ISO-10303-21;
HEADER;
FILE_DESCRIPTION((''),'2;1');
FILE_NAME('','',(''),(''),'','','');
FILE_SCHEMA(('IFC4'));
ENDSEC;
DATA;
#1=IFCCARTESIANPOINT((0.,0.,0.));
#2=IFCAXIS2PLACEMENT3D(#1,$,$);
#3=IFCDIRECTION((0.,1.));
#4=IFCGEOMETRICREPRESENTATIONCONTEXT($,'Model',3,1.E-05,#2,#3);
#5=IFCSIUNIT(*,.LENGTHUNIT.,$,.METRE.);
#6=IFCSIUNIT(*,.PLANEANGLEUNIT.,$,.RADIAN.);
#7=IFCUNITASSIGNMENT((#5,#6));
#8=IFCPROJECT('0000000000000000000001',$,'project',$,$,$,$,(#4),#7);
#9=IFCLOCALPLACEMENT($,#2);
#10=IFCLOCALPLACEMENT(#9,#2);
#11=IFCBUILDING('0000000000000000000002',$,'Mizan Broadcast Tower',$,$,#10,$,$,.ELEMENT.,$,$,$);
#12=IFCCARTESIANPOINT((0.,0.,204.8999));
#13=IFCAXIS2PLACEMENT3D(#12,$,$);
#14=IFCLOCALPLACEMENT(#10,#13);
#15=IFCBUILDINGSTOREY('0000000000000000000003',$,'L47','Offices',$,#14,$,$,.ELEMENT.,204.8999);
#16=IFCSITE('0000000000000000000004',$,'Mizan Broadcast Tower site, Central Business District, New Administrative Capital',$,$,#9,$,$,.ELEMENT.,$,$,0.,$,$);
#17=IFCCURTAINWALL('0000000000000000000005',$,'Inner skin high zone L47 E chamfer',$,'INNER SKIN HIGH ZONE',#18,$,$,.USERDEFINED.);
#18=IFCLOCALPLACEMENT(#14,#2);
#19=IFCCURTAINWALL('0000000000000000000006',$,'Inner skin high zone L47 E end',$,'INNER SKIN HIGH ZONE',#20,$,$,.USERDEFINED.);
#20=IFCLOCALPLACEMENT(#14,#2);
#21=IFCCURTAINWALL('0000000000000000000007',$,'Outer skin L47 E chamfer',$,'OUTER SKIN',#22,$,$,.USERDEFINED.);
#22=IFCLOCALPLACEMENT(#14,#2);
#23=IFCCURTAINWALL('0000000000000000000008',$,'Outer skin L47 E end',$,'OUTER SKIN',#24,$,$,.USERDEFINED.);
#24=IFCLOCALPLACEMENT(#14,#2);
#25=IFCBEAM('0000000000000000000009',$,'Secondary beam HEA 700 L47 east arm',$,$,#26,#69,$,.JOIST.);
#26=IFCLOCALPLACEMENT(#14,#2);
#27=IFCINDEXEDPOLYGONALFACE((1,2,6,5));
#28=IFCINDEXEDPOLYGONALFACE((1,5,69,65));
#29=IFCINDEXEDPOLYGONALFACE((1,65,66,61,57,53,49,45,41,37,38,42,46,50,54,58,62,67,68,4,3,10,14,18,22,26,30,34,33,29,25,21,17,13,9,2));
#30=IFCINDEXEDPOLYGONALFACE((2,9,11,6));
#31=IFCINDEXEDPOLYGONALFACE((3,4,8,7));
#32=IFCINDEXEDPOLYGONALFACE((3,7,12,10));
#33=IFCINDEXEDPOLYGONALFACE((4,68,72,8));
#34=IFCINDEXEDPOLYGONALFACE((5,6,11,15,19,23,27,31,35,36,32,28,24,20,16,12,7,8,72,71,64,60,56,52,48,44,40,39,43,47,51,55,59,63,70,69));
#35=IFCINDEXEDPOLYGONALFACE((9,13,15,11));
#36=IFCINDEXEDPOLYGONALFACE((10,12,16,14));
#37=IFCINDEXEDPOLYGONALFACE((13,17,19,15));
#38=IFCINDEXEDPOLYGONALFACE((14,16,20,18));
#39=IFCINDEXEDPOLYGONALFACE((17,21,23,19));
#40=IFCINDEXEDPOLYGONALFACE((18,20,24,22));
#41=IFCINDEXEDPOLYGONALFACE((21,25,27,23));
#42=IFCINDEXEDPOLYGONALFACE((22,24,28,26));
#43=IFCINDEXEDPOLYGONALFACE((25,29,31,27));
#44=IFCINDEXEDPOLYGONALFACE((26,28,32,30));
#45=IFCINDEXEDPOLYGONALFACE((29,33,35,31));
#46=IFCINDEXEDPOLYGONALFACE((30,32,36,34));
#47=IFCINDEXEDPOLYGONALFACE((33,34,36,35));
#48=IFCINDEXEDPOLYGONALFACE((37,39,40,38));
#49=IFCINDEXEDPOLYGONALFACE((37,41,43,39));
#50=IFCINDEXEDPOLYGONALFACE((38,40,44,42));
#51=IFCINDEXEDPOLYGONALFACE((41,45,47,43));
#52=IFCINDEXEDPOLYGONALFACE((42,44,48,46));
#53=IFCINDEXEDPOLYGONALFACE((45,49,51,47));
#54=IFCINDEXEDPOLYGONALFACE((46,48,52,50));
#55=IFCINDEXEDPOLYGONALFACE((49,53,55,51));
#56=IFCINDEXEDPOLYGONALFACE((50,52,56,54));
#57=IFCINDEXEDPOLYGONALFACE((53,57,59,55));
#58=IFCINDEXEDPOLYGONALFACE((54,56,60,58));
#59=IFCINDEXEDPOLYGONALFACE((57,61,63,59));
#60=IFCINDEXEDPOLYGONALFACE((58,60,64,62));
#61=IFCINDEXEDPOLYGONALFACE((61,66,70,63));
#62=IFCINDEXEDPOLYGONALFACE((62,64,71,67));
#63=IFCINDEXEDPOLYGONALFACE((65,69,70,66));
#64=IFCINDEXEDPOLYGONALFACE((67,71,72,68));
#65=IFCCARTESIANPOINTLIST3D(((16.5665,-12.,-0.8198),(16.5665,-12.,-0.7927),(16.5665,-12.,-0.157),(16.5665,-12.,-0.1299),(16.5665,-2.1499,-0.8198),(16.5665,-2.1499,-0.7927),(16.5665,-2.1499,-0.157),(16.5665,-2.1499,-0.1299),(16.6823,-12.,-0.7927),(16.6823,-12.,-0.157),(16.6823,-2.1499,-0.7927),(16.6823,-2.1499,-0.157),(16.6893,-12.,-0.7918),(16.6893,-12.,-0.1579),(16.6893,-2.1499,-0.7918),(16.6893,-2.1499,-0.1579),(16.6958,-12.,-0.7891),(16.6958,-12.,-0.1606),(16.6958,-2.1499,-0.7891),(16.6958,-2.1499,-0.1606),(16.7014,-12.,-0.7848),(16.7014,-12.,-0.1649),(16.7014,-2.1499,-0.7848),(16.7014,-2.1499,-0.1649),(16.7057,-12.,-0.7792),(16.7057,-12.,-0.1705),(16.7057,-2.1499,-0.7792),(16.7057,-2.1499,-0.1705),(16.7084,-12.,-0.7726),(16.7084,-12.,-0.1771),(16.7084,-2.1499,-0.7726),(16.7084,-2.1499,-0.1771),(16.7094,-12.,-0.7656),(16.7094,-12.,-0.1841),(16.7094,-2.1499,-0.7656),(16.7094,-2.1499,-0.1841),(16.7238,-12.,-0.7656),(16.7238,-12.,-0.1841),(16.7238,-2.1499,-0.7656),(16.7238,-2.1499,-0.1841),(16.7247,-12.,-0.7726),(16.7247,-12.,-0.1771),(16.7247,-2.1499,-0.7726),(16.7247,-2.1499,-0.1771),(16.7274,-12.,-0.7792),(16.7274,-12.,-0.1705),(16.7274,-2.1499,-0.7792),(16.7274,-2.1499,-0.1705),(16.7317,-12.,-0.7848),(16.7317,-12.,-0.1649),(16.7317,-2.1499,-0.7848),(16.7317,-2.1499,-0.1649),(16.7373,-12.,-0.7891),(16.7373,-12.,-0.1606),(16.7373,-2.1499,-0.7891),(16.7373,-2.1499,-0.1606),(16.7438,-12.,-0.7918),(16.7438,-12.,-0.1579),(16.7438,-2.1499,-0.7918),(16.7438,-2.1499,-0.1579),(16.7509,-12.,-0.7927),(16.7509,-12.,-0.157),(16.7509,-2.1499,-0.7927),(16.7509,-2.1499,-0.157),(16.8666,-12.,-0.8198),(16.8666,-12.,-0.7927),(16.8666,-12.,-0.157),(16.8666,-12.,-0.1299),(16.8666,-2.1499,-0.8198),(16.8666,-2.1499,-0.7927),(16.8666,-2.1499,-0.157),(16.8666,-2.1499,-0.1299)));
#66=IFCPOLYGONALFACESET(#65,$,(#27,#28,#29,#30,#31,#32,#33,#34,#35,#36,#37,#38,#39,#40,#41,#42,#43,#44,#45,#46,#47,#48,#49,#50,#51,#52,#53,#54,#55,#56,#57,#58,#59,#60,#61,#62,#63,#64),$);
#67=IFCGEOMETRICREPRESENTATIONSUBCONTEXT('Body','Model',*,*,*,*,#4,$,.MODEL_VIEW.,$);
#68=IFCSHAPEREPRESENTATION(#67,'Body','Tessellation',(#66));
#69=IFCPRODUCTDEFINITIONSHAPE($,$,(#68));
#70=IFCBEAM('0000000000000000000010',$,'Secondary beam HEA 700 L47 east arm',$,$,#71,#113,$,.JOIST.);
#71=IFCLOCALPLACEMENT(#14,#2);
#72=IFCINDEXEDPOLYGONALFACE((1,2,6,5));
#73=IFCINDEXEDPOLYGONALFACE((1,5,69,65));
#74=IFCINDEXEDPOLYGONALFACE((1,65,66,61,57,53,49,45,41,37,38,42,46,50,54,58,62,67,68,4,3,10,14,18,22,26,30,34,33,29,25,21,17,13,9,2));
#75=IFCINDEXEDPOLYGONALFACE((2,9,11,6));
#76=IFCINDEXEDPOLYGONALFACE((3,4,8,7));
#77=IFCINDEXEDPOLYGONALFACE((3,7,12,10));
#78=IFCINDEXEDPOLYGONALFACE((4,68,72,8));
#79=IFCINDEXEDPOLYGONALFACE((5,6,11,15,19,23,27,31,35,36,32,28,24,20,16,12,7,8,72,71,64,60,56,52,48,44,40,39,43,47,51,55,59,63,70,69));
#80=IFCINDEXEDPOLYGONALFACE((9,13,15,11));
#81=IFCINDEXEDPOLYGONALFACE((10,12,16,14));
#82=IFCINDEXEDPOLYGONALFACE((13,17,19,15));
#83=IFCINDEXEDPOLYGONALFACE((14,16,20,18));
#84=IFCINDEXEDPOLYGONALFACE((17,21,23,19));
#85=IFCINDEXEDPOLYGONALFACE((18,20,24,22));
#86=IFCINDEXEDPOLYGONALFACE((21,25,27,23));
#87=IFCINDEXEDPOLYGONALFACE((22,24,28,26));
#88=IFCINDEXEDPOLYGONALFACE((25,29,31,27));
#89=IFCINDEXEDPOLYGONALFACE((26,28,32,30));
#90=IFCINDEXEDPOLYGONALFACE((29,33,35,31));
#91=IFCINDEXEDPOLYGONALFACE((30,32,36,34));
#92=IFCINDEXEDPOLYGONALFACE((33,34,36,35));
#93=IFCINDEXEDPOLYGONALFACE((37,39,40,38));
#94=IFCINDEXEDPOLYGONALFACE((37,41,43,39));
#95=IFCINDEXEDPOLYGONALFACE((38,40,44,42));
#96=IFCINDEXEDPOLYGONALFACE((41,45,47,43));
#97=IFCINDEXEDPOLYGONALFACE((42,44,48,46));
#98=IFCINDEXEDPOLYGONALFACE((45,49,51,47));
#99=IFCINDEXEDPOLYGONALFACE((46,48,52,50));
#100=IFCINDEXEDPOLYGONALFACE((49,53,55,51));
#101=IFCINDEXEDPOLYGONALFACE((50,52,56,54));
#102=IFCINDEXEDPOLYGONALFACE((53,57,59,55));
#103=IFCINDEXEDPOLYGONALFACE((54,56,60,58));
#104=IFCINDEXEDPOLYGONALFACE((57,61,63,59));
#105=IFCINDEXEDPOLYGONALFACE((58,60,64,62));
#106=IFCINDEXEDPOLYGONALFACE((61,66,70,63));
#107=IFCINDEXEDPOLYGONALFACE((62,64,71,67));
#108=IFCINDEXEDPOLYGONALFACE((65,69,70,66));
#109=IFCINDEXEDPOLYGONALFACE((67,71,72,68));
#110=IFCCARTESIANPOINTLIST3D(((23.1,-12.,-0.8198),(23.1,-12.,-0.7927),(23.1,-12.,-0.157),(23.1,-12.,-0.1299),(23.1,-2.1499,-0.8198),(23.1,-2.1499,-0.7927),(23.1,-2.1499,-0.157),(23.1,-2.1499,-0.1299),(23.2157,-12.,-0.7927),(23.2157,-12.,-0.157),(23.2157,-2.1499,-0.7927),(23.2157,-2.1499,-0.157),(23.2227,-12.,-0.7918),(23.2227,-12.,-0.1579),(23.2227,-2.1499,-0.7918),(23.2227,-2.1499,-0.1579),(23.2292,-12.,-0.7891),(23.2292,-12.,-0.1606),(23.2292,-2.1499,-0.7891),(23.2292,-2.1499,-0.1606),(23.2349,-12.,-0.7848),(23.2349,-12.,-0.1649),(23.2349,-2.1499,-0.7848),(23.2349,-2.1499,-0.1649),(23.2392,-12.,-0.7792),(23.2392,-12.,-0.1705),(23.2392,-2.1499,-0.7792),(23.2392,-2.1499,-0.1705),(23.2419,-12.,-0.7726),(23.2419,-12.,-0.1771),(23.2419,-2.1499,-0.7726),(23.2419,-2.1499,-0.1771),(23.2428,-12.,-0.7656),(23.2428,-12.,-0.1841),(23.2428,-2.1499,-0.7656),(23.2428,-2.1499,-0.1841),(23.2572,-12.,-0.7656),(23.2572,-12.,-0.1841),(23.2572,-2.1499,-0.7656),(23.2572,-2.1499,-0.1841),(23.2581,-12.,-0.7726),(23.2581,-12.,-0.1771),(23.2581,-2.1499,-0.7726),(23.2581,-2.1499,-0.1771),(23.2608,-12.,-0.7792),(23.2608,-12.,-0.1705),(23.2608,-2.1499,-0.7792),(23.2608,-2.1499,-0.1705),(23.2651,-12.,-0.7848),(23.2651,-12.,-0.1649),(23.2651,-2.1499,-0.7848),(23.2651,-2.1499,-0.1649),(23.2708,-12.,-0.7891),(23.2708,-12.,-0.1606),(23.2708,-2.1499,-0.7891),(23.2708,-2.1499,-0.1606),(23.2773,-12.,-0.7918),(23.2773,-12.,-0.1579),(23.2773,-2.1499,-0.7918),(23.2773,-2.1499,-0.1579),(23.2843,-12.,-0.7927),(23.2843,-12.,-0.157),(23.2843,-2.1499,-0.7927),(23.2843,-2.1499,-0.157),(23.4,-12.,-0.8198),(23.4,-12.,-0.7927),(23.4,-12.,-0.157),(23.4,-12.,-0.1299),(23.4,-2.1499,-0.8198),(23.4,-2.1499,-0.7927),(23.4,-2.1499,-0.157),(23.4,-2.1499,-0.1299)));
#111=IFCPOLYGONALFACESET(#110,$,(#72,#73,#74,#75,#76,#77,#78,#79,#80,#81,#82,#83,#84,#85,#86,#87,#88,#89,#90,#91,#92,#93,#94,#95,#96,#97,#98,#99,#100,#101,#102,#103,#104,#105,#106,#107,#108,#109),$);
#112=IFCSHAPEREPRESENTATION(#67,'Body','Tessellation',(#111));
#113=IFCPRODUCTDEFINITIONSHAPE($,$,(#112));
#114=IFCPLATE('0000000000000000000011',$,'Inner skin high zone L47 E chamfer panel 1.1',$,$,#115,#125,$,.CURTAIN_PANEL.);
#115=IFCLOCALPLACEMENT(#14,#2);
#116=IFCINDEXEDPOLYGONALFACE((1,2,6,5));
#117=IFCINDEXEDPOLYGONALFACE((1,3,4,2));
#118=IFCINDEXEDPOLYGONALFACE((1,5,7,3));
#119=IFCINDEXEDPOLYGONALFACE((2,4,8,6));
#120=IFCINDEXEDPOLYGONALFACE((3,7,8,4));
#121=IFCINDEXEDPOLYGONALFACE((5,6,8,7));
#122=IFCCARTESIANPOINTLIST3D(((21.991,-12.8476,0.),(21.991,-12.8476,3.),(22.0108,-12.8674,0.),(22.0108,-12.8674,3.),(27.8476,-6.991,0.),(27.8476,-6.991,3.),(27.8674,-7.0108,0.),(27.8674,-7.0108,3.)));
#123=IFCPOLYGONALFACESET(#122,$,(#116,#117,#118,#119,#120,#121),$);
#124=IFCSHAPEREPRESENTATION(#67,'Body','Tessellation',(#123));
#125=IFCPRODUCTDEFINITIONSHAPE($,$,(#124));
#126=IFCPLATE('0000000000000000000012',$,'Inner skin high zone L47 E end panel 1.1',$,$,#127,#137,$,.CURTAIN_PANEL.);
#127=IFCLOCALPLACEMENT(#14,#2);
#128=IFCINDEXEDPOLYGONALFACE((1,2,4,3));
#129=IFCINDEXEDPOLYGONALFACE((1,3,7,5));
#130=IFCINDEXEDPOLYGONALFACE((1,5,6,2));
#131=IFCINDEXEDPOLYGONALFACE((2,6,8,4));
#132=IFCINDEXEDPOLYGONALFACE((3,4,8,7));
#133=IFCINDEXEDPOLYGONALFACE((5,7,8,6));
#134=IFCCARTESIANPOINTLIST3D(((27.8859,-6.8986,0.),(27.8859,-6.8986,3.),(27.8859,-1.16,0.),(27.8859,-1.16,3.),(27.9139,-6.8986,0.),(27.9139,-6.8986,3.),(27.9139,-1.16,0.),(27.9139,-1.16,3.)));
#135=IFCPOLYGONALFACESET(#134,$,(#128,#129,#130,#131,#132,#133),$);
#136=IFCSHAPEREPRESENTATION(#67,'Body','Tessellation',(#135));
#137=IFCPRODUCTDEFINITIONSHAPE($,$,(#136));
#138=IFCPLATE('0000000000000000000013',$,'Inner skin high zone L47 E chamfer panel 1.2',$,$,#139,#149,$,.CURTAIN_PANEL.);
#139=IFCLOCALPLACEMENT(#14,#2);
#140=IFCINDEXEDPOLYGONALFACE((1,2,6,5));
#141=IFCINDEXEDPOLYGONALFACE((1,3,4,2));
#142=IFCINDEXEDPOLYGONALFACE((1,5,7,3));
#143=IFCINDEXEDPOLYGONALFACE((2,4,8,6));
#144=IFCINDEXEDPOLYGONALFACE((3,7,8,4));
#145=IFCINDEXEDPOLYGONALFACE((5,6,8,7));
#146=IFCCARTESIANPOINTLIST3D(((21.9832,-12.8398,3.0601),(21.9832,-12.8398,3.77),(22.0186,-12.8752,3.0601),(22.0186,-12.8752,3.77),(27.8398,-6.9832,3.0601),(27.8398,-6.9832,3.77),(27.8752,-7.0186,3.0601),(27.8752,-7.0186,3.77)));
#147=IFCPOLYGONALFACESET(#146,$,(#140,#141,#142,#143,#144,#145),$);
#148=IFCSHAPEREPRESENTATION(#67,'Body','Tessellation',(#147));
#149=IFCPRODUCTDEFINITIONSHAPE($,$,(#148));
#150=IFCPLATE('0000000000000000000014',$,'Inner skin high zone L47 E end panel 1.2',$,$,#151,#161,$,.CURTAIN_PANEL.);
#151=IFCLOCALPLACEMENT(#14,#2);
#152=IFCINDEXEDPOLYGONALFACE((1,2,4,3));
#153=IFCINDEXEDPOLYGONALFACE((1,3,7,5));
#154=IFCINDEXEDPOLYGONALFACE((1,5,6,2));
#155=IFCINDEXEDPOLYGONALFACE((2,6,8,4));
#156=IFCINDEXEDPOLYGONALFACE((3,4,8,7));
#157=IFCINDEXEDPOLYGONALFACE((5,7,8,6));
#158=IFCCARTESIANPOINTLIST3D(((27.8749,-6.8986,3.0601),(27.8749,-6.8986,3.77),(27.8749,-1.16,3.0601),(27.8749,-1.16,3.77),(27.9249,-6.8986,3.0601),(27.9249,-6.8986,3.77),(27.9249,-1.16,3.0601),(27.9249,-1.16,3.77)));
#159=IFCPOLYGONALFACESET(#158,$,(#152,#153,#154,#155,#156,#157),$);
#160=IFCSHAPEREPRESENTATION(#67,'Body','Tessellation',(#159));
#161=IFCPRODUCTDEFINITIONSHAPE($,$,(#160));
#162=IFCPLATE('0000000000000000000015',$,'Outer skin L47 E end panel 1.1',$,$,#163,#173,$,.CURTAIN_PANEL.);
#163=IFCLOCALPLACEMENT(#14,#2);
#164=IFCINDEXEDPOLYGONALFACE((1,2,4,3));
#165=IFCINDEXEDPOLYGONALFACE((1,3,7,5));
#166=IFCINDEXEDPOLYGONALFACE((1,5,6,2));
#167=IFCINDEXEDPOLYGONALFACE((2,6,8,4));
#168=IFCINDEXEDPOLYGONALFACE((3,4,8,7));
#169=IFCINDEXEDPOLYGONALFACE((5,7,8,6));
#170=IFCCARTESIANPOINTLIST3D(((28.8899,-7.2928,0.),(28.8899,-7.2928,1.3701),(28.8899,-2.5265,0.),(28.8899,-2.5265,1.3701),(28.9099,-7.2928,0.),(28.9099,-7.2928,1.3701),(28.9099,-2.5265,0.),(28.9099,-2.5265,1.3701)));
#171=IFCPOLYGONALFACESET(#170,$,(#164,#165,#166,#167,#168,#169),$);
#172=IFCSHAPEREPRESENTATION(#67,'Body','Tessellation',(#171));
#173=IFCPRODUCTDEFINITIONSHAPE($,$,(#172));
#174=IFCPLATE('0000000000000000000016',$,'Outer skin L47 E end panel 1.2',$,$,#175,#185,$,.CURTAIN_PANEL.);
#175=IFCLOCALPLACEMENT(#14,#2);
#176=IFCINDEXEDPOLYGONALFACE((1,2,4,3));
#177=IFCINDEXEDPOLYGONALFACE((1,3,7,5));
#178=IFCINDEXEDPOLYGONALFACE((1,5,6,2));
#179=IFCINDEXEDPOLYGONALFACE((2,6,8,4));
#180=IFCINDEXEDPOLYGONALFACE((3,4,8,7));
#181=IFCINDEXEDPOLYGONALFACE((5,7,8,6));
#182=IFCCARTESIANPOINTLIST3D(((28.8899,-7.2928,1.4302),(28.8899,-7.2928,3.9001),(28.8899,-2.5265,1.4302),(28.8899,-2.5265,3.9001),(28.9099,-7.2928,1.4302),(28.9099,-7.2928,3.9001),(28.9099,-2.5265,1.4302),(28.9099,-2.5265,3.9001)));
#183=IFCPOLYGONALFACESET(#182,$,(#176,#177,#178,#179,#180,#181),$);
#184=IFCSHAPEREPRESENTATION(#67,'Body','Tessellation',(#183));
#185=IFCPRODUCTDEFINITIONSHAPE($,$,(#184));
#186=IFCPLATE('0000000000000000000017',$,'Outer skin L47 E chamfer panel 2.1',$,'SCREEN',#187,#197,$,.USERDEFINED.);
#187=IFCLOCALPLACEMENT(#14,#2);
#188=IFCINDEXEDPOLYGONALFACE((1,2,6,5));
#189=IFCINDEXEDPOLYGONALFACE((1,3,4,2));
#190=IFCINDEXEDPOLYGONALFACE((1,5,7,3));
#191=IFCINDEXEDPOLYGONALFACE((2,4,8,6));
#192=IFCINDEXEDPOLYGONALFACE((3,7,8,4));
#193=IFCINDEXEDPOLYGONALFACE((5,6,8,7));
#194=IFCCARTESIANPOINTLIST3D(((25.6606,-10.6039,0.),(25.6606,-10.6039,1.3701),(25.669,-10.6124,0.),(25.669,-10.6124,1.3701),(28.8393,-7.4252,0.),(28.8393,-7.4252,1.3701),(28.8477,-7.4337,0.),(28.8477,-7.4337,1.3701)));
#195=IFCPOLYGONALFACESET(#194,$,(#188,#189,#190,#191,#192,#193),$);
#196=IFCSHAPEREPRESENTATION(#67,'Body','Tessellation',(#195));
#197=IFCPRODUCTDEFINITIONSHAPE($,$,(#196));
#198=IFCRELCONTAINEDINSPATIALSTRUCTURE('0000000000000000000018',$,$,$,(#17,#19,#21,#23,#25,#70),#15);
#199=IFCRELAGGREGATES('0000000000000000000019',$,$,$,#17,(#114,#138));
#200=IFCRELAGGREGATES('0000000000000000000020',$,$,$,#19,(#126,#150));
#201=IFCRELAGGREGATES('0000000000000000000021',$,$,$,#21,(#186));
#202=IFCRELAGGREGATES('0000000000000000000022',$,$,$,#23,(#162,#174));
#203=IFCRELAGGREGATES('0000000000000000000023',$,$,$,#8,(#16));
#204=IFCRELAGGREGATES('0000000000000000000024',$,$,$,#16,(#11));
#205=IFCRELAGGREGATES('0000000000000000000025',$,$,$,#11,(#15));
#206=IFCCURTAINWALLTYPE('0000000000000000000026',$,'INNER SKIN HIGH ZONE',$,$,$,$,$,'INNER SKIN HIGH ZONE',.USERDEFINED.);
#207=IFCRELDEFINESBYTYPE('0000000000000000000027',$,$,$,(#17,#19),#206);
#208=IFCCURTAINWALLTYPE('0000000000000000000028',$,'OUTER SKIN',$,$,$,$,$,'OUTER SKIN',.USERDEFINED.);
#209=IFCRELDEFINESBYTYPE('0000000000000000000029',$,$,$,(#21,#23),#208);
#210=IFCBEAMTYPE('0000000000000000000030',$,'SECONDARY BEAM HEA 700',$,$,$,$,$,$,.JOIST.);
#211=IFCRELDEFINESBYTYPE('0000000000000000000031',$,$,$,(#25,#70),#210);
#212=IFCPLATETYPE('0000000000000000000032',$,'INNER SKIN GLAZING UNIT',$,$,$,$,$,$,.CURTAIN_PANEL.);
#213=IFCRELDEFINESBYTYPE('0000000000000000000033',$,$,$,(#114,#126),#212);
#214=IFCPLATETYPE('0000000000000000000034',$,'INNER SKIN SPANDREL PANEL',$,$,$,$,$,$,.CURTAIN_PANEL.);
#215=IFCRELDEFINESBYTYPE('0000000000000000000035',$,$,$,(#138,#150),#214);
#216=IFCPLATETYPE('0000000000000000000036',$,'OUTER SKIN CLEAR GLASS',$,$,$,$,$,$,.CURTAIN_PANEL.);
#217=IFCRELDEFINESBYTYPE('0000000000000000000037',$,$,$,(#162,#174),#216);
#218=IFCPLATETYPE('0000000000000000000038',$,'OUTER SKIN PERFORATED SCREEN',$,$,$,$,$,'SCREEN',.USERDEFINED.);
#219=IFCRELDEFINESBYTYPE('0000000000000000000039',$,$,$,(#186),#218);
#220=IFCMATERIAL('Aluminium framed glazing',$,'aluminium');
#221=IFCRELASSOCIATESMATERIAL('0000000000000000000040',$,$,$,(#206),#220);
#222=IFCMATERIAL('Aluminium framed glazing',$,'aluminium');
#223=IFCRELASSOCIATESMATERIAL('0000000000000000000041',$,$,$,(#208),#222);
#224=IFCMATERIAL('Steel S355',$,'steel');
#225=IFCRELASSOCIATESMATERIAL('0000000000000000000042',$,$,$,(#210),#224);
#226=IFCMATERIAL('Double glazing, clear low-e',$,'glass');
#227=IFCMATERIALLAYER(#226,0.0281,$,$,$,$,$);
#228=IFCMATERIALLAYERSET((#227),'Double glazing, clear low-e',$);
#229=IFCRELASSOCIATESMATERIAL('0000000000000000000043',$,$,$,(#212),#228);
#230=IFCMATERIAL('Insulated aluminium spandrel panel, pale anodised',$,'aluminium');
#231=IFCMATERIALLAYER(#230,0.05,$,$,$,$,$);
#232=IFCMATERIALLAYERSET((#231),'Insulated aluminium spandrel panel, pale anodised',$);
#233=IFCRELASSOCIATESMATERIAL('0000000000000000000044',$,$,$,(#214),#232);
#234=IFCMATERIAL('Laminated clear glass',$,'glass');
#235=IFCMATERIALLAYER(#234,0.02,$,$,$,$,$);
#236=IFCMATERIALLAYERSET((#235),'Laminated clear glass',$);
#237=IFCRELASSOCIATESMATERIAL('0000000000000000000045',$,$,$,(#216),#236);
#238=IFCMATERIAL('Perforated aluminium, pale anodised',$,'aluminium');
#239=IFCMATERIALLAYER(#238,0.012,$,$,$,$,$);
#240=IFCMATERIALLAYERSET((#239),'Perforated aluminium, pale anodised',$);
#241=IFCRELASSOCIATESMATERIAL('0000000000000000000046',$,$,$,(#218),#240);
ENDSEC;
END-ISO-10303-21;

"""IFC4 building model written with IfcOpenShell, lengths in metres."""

from ifc_helpers import new_model, si_unit, direction, frame, origin, origin_2d, place, context, subcontext, project, spatial, rectangle, i_section, extrude, material, layer, layer_set, material_profile, profile_set, type_object, element, aggregate, save


model = new_model("IFC4")

# Units and contexts
model_context = context("Model", 3, precision=1e-05, world=origin(), true_north=direction((0.0, 1.0)))
body_context = subcontext(model_context, "Body", "Model", "MODEL_VIEW")
ifc_project = project(units=[si_unit("LENGTHUNIT", "METRE"), si_unit("PLANEANGLEUNIT", "RADIAN")], contexts=[model_context])

# Site, building, storey
site_placement = place(None, origin())
site = spatial("IfcSite", under=ifc_project, at=site_placement, Name="Mizan Broadcast Tower site, Central Business District, New Administrative Capital", CompositionType="ELEMENT", RefElevation=0.0)
building_placement = place(site_placement, origin())
building = spatial("IfcBuilding", under=site, at=building_placement, Name="Mizan Broadcast Tower", CompositionType="ELEMENT")
storey_placement = place(building_placement, frame((0.0, 0.0, 204.8999)))
storey = spatial("IfcBuildingStorey", under=building, at=storey_placement, Name="L47", Description="Offices", CompositionType="ELEMENT", Elevation=204.8999)

# Curtain wall
ifc_material_1 = material(Name="Aluminium framed glazing", Category="aluminium")
curtain_wall_type_1 = type_object("IfcCurtainWallType", Name="INNER SKIN HIGH ZONE", ElementType="INNER SKIN HIGH ZONE", PredefinedType="USERDEFINED", material=ifc_material_1)
curtain_wall_1_placement = place(storey_placement, origin())
curtain_wall_1 = element("IfcCurtainWall", 1, at=curtain_wall_1_placement, inside=storey, type_object=curtain_wall_type_1, Name="Inner skin high zone L47 E chamfer", ObjectType="INNER SKIN HIGH ZONE", PredefinedType="USERDEFINED")

# Curtain walls
curtain_wall_2_placement = place(storey_placement, origin())
curtain_wall_2 = element("IfcCurtainWall", 2, at=curtain_wall_2_placement, inside=storey, type_object=curtain_wall_type_1, Name="Inner skin high zone L47 E end", ObjectType="INNER SKIN HIGH ZONE", PredefinedType="USERDEFINED")
ifc_material_2 = material(Name="Aluminium framed glazing", Category="aluminium")
curtain_wall_type_2 = type_object("IfcCurtainWallType", Name="OUTER SKIN", ElementType="OUTER SKIN", PredefinedType="USERDEFINED", material=ifc_material_2)
curtain_wall_3_placement = place(storey_placement, origin())
curtain_wall_3 = element("IfcCurtainWall", 3, at=curtain_wall_3_placement, inside=storey, type_object=curtain_wall_type_2, Name="Outer skin L47 E chamfer", ObjectType="OUTER SKIN", PredefinedType="USERDEFINED")

# Curtain wall
curtain_wall_4_placement = place(storey_placement, origin())
curtain_wall_4 = element("IfcCurtainWall", 4, at=curtain_wall_4_placement, inside=storey, type_object=curtain_wall_type_2, Name="Outer skin L47 E end", ObjectType="OUTER SKIN", PredefinedType="USERDEFINED")

# Beams
ifc_material_3 = material(Name="Steel S355", Category="steel")
ifc_material_profile_1 = material_profile(ifc_material_3, i_section(OverallWidth=0.3, OverallDepth=0.6899, WebThickness=0.0144, FlangeThickness=0.0271, FilletRadius=0.0271, at=origin_2d()), Name="HEA 700")
ifc_profile_set_1 = profile_set([ifc_material_profile_1], Name="Steel S355")
beam_type_1 = type_object("IfcBeamType", Name="SECONDARY BEAM HEA 700", PredefinedType="JOIST", material=ifc_profile_set_1)
for number, where, z_axis, x_axis, name in (
    (5, (16.7166, -12.0, -0.4749), (0.0, 1.0, 0.0), (-1.0, 0.0, 0.0), "Secondary beam HEA 700 L47 east arm"),
    (6, (23.25, -12.0, -0.4749), (0.0, 1.0, 0.0), (-1.0, 0.0, 0.0), "Secondary beam HEA 700 L47 east arm"),
):
    element("IfcBeam", number, at=place(storey_placement, frame(where, z_axis=z_axis, x_axis=x_axis)), inside=storey, type_object=beam_type_1, Name=name, PredefinedType="JOIST", context=body_context, shape_type="SweptSolid", body=[
        extrude(i_section(OverallWidth=0.3, OverallDepth=0.6899, WebThickness=0.0144, FlangeThickness=0.0271, FilletRadius=0.0271, at=origin_2d()), origin(), (0.0, 0.0, 1.0), 9.8501),
    ])

# Plates
ifc_material_4 = material(Name="Double glazing, clear low-e", Category="glass")
ifc_layer_1 = layer(ifc_material_4, 0.0281)
ifc_layer_set_1 = layer_set([ifc_layer_1], Name="Double glazing, clear low-e")
plate_type_1 = type_object("IfcPlateType", Name="INNER SKIN GLAZING UNIT", PredefinedType="CURTAIN_PANEL", material=ifc_layer_set_1)
plate_1_placement = place(storey_placement, frame((24.9292, -9.9292, 0.0), z_axis=(0.0, 0.0, 1.0), x_axis=(0.707107, 0.707107, 0.0)))
plate_1 = element("IfcPlate", 7, at=plate_1_placement, type_object=plate_type_1, Name="Inner skin high zone L47 E chamfer panel 1.1", PredefinedType="CURTAIN_PANEL", context=body_context, shape_type="SweptSolid", body=[
    extrude(rectangle(XDim=8.2825, YDim=0.0281, at=origin_2d()), origin(), (0.0, 0.0, 1.0), 3.0),
])
plate_2_placement = place(storey_placement, frame((27.8999, -4.0293, 0.0), z_axis=(0.0, 0.0, 1.0), x_axis=(0.0, 1.0, 0.0)))
plate_2 = element("IfcPlate", 8, at=plate_2_placement, type_object=plate_type_1, Name="Inner skin high zone L47 E end panel 1.1", PredefinedType="CURTAIN_PANEL", context=body_context, shape_type="SweptSolid", body=[
    extrude(rectangle(XDim=5.7385, YDim=0.0281, at=origin_2d()), origin(), (0.0, 0.0, 1.0), 3.0),
])
ifc_material_5 = material(Name="Insulated aluminium spandrel panel, pale anodised", Category="aluminium")
ifc_layer_2 = layer(ifc_material_5, 0.05)
ifc_layer_set_2 = layer_set([ifc_layer_2], Name="Insulated aluminium spandrel panel, pale anodised")
plate_type_2 = type_object("IfcPlateType", Name="INNER SKIN SPANDREL PANEL", PredefinedType="CURTAIN_PANEL", material=ifc_layer_set_2)
plate_3_placement = place(storey_placement, frame((24.9292, -9.9292, 3.0601), z_axis=(0.0, 0.0, 1.0), x_axis=(0.707107, 0.707107, 0.0)))
plate_3 = element("IfcPlate", 9, at=plate_3_placement, type_object=plate_type_2, Name="Inner skin high zone L47 E chamfer panel 1.2", PredefinedType="CURTAIN_PANEL", context=body_context, shape_type="SweptSolid", body=[
    extrude(rectangle(XDim=8.2825, YDim=0.05, at=origin_2d()), origin(), (0.0, 0.0, 1.0), 0.71),
])
aggregate(curtain_wall_1, [plate_1, plate_3])
plate_4_placement = place(storey_placement, frame((27.8999, -4.0293, 3.0601), z_axis=(0.0, 0.0, 1.0), x_axis=(0.0, 1.0, 0.0)))
plate_4 = element("IfcPlate", 10, at=plate_4_placement, type_object=plate_type_2, Name="Inner skin high zone L47 E end panel 1.2", PredefinedType="CURTAIN_PANEL", context=body_context, shape_type="SweptSolid", body=[
    extrude(rectangle(XDim=5.7385, YDim=0.05, at=origin_2d()), origin(), (0.0, 0.0, 1.0), 0.71),
])
aggregate(curtain_wall_2, [plate_2, plate_4])
ifc_material_6 = material(Name="Laminated clear glass", Category="glass")
ifc_layer_3 = layer(ifc_material_6, 0.02)
ifc_layer_set_3 = layer_set([ifc_layer_3], Name="Laminated clear glass")
plate_type_3 = type_object("IfcPlateType", Name="OUTER SKIN CLEAR GLASS", PredefinedType="CURTAIN_PANEL", material=ifc_layer_set_3)
plate_5_placement = place(storey_placement, frame((28.8999, -4.9097, 0.0), z_axis=(0.0, 0.0, 1.0), x_axis=(0.0, 1.0, 0.0)))
plate_5 = element("IfcPlate", 11, at=plate_5_placement, type_object=plate_type_3, Name="Outer skin L47 E end panel 1.1", PredefinedType="CURTAIN_PANEL", context=body_context, shape_type="SweptSolid", body=[
    extrude(rectangle(XDim=4.7664, YDim=0.02, at=origin_2d()), origin(), (0.0, 0.0, 1.0), 1.3701),
])
plate_6_placement = place(storey_placement, frame((28.8999, -4.9097, 1.4302), z_axis=(0.0, 0.0, 1.0), x_axis=(0.0, 1.0, 0.0)))
plate_6 = element("IfcPlate", 12, at=plate_6_placement, type_object=plate_type_3, Name="Outer skin L47 E end panel 1.2", PredefinedType="CURTAIN_PANEL", context=body_context, shape_type="SweptSolid", body=[
    extrude(rectangle(XDim=4.7664, YDim=0.02, at=origin_2d()), origin(), (0.0, 0.0, 1.0), 2.47),
])
ifc_material_7 = material(Name="Perforated aluminium, pale anodised", Category="aluminium")
ifc_layer_4 = layer(ifc_material_7, 0.012)
ifc_layer_set_4 = layer_set([ifc_layer_4], Name="Perforated aluminium, pale anodised")
plate_type_4 = type_object("IfcPlateType", Name="OUTER SKIN PERFORATED SCREEN", ElementType="SCREEN", PredefinedType="USERDEFINED", material=ifc_layer_set_4)
plate_7_placement = place(storey_placement, frame((27.2542, -9.0188, 0.0), z_axis=(0.0, 0.0, 1.0), x_axis=(0.707107, 0.707107, 0.0)))
plate_7 = element("IfcPlate", 13, at=plate_7_placement, type_object=plate_type_4, Name="Outer skin L47 E chamfer panel 2.1", ObjectType="SCREEN", PredefinedType="USERDEFINED", context=body_context, shape_type="SweptSolid", body=[
    extrude(rectangle(XDim=4.4954, YDim=0.012, at=origin_2d()), origin(), (0.0, 0.0, 1.0), 1.3701),
])
aggregate(curtain_wall_3, [plate_7])
aggregate(curtain_wall_4, [plate_5, plate_6])

save(model, "model.ifc")
